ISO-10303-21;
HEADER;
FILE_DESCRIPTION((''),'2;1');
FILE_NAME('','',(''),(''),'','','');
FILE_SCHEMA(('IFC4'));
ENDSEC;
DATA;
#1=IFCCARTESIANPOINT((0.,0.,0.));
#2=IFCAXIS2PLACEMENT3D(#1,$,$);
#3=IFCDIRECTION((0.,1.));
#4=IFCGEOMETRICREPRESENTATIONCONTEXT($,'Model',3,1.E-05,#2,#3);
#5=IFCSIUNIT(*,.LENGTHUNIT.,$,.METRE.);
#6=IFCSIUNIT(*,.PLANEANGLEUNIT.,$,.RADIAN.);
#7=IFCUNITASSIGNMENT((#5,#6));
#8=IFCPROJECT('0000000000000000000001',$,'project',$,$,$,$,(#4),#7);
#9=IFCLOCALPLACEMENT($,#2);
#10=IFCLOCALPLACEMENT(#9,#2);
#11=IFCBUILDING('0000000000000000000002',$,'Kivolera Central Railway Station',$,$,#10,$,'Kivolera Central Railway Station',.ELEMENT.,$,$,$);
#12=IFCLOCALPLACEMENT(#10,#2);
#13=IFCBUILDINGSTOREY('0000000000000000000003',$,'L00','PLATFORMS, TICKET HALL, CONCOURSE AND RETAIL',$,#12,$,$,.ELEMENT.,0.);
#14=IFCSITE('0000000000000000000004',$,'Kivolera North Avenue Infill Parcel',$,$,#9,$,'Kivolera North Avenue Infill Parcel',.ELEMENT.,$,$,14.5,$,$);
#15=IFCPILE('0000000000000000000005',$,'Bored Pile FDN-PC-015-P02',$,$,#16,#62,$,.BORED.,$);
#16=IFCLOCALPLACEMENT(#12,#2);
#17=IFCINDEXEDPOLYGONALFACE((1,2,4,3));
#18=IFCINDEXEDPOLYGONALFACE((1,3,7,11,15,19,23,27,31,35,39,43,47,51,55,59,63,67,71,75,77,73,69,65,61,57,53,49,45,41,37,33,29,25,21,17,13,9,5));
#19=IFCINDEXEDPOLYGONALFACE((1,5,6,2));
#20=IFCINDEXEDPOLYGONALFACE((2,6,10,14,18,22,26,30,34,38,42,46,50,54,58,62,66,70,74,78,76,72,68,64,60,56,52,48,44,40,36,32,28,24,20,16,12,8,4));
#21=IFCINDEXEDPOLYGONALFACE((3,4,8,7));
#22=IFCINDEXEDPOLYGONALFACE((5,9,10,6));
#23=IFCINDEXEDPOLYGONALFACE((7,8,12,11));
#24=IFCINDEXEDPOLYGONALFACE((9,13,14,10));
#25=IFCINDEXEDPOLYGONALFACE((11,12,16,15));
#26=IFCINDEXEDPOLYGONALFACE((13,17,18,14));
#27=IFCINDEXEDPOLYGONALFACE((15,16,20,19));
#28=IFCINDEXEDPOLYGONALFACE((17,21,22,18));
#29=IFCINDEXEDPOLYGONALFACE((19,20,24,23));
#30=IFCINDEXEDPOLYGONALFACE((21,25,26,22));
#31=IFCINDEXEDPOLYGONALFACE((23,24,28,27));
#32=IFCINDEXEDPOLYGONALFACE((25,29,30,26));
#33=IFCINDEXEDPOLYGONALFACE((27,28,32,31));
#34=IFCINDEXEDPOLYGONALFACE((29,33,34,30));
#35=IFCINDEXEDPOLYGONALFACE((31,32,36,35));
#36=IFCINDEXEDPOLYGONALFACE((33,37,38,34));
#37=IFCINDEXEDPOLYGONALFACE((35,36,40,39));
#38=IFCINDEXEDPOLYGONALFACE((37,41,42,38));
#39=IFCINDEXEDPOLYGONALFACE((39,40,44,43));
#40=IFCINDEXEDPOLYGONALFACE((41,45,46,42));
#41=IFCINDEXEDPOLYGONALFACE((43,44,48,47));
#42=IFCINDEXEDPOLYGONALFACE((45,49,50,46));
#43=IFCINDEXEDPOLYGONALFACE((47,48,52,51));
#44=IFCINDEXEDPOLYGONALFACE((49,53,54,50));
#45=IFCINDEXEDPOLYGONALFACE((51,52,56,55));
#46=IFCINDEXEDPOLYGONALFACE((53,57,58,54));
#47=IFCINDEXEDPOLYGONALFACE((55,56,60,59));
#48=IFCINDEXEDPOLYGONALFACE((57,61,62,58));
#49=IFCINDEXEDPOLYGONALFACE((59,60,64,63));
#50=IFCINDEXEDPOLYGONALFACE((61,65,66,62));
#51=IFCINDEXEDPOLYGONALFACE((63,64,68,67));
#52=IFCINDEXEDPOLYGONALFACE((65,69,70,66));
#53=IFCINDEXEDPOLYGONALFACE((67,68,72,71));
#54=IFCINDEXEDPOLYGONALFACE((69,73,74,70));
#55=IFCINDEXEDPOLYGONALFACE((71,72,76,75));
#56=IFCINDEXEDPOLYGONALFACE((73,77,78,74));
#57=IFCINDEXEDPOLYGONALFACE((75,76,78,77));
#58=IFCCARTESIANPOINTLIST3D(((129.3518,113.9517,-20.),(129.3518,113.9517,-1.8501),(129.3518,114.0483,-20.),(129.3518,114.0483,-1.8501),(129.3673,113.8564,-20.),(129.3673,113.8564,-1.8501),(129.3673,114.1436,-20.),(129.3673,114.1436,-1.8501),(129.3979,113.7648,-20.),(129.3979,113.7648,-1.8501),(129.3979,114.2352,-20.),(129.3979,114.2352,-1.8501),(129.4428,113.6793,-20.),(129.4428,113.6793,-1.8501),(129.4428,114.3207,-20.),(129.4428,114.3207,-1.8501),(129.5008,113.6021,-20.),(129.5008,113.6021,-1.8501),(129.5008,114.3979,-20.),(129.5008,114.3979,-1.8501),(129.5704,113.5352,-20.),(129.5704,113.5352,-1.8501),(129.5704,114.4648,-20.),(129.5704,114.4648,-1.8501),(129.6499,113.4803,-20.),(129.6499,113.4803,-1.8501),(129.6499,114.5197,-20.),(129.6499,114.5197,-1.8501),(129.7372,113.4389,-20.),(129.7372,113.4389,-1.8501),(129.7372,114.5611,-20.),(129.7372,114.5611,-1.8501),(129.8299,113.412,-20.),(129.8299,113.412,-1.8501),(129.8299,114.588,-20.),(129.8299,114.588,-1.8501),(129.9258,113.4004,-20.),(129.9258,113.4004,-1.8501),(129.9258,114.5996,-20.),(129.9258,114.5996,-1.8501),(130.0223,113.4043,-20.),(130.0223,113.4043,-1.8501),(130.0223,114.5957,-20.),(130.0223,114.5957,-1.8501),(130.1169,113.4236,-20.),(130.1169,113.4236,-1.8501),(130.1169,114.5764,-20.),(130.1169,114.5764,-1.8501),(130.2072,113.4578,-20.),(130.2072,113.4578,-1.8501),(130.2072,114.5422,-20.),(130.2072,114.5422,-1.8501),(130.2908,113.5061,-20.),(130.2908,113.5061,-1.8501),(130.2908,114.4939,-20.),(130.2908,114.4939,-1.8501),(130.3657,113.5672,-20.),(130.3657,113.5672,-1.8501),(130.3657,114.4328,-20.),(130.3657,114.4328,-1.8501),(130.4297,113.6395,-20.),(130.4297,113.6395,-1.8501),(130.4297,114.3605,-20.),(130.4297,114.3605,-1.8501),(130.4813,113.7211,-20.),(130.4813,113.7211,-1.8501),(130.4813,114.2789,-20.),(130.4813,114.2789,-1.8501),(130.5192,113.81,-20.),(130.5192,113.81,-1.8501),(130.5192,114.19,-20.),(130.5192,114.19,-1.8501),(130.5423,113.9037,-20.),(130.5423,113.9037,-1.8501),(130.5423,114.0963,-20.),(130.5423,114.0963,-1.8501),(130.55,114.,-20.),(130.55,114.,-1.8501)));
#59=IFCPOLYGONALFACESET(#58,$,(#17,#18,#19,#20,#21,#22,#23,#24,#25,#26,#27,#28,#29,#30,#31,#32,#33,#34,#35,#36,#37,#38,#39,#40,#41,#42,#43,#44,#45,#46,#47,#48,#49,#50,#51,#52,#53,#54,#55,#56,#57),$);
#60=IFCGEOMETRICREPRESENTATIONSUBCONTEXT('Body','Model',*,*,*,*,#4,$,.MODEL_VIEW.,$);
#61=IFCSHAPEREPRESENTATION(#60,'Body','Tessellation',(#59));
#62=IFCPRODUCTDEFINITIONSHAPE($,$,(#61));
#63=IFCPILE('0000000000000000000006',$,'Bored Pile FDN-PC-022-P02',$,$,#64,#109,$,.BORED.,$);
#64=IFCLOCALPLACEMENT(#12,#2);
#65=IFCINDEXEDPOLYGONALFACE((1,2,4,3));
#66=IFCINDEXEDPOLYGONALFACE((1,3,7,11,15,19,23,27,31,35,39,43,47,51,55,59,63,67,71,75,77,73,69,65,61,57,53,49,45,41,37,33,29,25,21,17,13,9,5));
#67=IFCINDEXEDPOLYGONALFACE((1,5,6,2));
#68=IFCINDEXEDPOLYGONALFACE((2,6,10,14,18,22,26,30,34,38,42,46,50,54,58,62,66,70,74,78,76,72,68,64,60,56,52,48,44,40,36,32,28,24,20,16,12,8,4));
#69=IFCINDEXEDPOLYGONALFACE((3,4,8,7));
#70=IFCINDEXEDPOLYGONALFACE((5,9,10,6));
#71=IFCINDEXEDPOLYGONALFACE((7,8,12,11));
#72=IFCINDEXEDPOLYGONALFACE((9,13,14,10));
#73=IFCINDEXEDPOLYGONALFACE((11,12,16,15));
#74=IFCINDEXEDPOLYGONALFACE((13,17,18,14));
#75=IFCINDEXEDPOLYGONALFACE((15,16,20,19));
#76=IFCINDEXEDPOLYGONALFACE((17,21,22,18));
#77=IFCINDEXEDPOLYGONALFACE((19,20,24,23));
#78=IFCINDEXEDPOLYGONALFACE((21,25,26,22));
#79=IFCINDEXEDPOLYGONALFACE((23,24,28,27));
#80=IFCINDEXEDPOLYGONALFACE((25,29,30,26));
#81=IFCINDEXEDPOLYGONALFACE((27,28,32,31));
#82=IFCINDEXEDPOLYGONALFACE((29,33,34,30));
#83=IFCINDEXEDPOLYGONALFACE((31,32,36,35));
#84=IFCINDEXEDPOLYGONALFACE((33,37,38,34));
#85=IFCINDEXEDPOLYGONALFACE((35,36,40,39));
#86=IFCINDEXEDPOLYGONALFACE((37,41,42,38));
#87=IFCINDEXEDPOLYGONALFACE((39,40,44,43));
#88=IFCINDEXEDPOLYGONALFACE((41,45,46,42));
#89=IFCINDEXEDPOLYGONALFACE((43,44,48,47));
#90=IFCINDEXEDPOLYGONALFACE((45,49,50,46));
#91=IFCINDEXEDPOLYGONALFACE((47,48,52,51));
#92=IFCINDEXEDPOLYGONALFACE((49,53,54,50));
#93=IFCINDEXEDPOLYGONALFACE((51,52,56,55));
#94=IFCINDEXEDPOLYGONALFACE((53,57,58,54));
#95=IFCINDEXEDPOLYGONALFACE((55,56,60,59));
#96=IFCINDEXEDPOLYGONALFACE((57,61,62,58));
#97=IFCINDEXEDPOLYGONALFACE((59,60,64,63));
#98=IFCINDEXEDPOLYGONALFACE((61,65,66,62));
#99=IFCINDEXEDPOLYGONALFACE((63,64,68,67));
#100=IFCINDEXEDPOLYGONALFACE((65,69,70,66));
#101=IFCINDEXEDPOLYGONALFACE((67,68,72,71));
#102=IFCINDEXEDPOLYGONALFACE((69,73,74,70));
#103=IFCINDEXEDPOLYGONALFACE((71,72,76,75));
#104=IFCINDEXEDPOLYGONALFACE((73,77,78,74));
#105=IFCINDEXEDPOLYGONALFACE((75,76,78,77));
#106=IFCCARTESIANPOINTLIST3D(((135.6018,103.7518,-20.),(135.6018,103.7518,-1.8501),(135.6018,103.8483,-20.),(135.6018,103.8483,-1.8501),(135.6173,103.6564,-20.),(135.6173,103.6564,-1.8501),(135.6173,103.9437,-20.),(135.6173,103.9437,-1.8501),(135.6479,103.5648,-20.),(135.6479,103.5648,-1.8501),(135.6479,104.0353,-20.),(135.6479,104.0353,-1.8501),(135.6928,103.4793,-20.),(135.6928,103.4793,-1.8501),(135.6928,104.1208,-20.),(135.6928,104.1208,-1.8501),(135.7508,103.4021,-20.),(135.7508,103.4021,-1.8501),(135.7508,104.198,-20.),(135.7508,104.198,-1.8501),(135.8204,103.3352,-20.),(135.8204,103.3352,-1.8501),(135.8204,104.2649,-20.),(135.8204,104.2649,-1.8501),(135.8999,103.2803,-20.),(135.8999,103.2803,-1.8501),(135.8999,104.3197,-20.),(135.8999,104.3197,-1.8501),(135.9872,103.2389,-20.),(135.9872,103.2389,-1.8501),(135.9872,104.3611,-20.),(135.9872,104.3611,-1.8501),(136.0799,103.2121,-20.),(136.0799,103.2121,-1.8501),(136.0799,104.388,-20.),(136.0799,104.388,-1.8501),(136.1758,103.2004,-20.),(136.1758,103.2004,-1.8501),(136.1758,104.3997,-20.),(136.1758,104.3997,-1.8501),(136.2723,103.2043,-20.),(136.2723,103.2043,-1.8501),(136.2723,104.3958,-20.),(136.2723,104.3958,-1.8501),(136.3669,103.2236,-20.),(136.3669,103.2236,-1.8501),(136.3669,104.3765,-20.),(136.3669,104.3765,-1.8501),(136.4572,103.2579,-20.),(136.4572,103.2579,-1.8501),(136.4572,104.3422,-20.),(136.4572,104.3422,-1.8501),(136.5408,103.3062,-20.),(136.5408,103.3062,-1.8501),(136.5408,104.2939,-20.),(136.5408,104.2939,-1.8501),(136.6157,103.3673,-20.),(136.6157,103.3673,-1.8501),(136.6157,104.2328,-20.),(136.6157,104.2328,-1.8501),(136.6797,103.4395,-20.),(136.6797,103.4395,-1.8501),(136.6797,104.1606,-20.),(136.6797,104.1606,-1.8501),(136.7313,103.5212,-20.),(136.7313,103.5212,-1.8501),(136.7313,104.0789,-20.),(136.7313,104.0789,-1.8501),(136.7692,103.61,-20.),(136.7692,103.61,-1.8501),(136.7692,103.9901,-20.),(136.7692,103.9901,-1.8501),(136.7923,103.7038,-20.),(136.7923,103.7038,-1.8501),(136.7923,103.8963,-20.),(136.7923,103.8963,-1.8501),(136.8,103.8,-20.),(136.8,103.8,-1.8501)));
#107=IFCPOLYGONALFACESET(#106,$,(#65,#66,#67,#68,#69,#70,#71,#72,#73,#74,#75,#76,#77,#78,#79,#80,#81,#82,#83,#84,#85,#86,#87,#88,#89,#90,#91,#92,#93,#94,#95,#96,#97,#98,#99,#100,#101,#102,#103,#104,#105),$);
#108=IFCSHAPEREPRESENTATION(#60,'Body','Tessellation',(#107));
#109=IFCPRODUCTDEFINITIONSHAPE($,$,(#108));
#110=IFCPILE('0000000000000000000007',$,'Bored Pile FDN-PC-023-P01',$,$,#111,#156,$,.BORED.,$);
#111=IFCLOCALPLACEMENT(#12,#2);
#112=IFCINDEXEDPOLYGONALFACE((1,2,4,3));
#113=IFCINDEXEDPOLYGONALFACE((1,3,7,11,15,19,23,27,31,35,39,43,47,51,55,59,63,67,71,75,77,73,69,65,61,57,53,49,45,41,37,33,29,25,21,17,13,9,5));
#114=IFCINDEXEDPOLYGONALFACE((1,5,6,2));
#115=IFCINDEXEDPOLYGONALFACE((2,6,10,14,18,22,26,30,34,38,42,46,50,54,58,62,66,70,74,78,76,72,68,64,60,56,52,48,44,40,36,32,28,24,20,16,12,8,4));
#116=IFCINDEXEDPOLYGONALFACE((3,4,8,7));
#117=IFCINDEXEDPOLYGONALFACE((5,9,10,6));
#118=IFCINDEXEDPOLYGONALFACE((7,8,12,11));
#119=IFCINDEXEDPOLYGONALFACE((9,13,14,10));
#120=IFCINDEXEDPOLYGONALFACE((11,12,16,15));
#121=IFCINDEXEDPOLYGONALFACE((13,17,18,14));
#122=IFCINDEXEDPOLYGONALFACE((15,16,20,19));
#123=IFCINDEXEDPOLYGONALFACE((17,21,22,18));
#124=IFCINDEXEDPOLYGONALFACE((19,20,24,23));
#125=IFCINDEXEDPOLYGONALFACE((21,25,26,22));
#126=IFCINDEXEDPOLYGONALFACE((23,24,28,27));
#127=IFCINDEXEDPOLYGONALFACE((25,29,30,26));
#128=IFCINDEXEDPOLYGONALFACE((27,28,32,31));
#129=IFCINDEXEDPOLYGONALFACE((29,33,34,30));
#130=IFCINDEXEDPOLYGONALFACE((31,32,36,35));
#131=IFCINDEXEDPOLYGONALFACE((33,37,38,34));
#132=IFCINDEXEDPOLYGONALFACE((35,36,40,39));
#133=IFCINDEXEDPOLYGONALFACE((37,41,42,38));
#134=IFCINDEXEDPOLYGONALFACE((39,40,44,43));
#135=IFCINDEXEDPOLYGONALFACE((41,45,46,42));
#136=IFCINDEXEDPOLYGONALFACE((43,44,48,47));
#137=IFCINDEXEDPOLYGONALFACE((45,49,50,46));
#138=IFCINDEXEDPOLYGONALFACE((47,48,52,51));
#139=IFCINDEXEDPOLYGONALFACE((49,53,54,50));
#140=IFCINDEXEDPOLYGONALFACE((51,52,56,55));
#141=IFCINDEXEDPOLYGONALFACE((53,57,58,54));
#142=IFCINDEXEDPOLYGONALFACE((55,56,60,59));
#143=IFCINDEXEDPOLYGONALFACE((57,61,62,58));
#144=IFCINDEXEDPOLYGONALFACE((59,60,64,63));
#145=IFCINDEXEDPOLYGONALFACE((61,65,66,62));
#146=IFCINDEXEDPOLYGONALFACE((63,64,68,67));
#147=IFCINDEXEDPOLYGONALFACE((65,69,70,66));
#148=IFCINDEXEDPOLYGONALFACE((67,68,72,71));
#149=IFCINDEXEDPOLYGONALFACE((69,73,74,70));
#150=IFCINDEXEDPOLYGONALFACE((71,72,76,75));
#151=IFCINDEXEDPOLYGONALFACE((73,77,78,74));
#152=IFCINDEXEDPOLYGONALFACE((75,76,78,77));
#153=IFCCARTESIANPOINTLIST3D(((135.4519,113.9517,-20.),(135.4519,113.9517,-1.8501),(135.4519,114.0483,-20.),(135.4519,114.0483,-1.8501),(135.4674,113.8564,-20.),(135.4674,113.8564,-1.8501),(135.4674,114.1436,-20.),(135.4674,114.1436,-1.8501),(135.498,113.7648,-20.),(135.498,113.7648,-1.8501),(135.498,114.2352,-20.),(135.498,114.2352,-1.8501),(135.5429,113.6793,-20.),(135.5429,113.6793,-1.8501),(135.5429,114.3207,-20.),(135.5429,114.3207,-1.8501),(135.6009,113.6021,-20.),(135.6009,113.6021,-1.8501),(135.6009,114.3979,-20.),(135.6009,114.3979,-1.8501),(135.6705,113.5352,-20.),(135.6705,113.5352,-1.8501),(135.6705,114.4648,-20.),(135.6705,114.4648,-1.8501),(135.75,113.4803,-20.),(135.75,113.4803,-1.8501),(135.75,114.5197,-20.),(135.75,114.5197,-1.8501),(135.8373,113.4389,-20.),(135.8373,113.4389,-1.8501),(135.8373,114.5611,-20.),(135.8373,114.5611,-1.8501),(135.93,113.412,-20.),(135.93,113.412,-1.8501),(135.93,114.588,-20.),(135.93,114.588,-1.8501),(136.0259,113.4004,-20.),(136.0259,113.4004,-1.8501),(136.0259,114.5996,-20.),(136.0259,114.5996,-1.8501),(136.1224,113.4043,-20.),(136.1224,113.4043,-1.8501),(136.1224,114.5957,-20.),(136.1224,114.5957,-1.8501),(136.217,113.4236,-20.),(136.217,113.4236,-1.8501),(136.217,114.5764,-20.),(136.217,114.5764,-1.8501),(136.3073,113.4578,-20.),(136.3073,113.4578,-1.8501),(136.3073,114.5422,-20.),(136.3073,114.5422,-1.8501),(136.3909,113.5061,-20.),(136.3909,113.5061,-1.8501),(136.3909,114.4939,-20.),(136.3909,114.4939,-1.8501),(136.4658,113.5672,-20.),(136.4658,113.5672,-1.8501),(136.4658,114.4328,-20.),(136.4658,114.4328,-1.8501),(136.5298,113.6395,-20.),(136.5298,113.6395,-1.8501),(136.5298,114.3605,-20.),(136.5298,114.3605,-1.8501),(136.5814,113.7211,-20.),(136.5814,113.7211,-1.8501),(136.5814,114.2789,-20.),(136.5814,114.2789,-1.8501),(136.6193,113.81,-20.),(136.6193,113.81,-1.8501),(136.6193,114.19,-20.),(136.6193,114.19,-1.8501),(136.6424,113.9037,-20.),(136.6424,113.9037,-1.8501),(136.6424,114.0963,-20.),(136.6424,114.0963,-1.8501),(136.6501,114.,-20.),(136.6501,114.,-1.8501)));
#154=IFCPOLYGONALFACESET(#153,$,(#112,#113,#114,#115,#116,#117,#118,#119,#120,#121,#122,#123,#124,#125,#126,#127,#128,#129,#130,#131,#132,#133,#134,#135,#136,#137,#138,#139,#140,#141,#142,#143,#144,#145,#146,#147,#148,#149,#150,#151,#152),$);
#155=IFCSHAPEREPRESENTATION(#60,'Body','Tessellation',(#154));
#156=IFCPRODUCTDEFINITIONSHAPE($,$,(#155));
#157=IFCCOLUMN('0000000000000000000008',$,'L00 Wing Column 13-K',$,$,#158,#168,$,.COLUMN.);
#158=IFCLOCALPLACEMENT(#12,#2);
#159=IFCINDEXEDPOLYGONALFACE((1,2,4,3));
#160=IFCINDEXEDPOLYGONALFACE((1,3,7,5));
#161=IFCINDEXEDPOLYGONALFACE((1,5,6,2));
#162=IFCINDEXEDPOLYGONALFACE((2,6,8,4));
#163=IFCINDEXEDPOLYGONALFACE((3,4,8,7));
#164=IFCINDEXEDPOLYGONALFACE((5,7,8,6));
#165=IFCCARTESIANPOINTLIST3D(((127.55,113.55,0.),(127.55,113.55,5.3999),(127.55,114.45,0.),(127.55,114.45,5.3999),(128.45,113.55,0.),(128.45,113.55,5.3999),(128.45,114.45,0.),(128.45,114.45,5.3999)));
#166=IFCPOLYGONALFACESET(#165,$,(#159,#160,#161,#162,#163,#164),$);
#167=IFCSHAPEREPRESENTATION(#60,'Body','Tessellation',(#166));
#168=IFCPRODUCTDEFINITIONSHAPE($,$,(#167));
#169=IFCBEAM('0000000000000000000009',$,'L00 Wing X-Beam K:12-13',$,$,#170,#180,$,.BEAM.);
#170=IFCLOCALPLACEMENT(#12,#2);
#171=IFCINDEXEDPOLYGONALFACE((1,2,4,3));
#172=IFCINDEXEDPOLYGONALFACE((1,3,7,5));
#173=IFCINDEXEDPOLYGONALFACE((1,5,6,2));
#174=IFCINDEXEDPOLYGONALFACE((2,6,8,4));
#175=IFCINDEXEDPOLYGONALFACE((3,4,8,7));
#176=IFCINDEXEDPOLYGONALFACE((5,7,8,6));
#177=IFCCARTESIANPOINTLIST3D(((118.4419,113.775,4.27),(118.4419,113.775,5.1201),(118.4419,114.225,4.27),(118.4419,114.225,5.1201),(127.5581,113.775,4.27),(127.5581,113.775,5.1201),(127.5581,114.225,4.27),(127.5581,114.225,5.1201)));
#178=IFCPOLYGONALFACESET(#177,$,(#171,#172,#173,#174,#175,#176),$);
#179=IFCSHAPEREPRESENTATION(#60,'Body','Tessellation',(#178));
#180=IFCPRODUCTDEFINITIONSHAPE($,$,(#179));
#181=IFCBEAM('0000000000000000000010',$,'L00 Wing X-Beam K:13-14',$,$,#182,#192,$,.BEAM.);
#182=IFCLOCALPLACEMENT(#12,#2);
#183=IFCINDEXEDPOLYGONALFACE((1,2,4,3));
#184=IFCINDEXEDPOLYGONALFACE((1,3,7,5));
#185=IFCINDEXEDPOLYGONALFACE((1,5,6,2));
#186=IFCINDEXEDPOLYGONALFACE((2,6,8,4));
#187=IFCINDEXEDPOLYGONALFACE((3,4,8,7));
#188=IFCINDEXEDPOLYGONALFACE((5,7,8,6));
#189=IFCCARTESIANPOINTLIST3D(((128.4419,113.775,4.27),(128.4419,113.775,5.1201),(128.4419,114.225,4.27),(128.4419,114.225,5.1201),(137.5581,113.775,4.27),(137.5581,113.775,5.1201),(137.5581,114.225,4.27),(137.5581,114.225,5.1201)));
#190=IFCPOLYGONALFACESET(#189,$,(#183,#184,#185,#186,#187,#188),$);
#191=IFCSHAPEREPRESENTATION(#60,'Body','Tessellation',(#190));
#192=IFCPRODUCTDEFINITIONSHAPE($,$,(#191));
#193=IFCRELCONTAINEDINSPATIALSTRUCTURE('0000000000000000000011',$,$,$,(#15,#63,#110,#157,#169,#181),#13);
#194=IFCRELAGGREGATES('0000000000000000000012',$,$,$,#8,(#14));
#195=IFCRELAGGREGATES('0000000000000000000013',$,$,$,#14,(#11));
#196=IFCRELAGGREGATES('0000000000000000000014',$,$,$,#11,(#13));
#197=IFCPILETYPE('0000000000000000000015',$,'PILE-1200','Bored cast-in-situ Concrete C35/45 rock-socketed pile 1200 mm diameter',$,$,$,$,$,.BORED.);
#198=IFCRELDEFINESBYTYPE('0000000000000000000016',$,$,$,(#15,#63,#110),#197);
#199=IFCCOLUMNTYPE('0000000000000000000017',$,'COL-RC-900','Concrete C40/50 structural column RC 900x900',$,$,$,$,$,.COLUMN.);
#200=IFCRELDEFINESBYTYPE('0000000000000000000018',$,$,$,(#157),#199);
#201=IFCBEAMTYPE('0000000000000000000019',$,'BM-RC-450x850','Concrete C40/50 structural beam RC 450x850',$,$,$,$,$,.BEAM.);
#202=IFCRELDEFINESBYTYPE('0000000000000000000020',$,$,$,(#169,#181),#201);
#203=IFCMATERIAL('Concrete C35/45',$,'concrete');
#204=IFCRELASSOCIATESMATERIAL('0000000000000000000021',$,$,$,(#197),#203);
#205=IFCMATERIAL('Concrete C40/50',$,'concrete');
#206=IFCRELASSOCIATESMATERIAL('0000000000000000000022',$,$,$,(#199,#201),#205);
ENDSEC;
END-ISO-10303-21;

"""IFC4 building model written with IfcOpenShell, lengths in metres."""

from ifc_helpers import new_model, si_unit, direction, frame, origin, origin_2d, place, context, subcontext, project, spatial, rectangle, circle, extrude, material, material_profile, profile_set, type_object, element, save


model = new_model("IFC4")

# Units and contexts
model_context = context("Model", 3, precision=1e-05, world=origin(), true_north=direction((0.0, 1.0)))
body_context = subcontext(model_context, "Body", "Model", "MODEL_VIEW")
ifc_project = project(units=[si_unit("LENGTHUNIT", "METRE"), si_unit("PLANEANGLEUNIT", "RADIAN")], contexts=[model_context])

# Site, building, storey
site_placement = place(None, origin())
site = spatial("IfcSite", under=ifc_project, at=site_placement, Name="Kivolera North Avenue Infill Parcel", LongName="Kivolera North Avenue Infill Parcel", CompositionType="ELEMENT", RefElevation=14.5)
building_placement = place(site_placement, origin())
building = spatial("IfcBuilding", under=site, at=building_placement, Name="Kivolera Central Railway Station", LongName="Kivolera Central Railway Station", CompositionType="ELEMENT")
storey_placement = place(building_placement, origin())
storey = spatial("IfcBuildingStorey", under=building, at=storey_placement, Name="L00", Description="PLATFORMS, TICKET HALL, CONCOURSE AND RETAIL", CompositionType="ELEMENT", Elevation=0.0)

# Shared definitions
ifc_material_1 = material(Name="Concrete C35/45", Category="concrete")

# Piles
ifc_material_profile_1 = material_profile(ifc_material_1, circle(Radius=0.6001, at=origin_2d()), Name="PILE D1200")
ifc_profile_set_1 = profile_set([ifc_material_profile_1], Name="Concrete C35/45")
pile_type = type_object("IfcPileType", Name="PILE-1200", Description="Bored cast-in-situ Concrete C35/45 rock-socketed pile 1200 mm diameter", PredefinedType="BORED", material=ifc_profile_set_1)
for number, where, z_axis, x_axis, name in (
    (1, (129.95, 114.0, -1.8501), (0.0, 0.0, -1.0), (1.0, 0.0, 0.0), "Bored Pile FDN-PC-015-P02"),
    (2, (136.2, 103.8, -1.8501), (0.0, 0.0, -1.0), (1.0, 0.0, 0.0), "Bored Pile FDN-PC-022-P02"),
    (3, (136.05, 114.0, -1.8501), (0.0, 0.0, -1.0), (1.0, 0.0, 0.0), "Bored Pile FDN-PC-023-P01"),
):
    element("IfcPile", number, at=place(storey_placement, frame(where, z_axis=z_axis, x_axis=x_axis)), inside=storey, type_object=pile_type, Name=name, PredefinedType="BORED", context=body_context, shape_type="SweptSolid", body=[
        extrude(circle(Radius=0.6001, at=origin_2d()), origin(), (0.0, 0.0, 1.0), 18.1499),
    ])

# Column
ifc_material_2 = material(Name="Concrete C40/50", Category="concrete")
ifc_material_profile_2 = material_profile(ifc_material_2, rectangle(XDim=0.8999, YDim=0.8999, at=origin_2d()), Name="RC 900x900")
ifc_profile_set_2 = profile_set([ifc_material_profile_2], Name="Concrete C40/50")
column_type = type_object("IfcColumnType", Name="COL-RC-900", Description="Concrete C40/50 structural column RC 900x900", PredefinedType="COLUMN", material=ifc_profile_set_2)
column_placement = place(storey_placement, frame((128.0, 114.0, 0.0), z_axis=(0.0, 0.0, 1.0), x_axis=(1.0, 0.0, 0.0)))
element("IfcColumn", 4, at=column_placement, inside=storey, type_object=column_type, Name="L00 Wing Column 13-K", PredefinedType="COLUMN", context=body_context, shape_type="SweptSolid", body=[
    extrude(rectangle(XDim=0.8999, YDim=0.8999, at=origin_2d()), origin(), (0.0, 0.0, 1.0), 5.3999),
])

# Beams
ifc_material_profile_3 = material_profile(ifc_material_2, rectangle(XDim=0.45, YDim=0.8501, at=origin_2d()), Name="RC 450x850")
ifc_profile_set_3 = profile_set([ifc_material_profile_3], Name="Concrete C40/50")
beam_type = type_object("IfcBeamType", Name="BM-RC-450x850", Description="Concrete C40/50 structural beam RC 450x850", PredefinedType="BEAM", material=ifc_profile_set_3)
for number, where, z_axis, x_axis, name in (
    (5, (118.4419, 114.0, 4.6951), (1.0, 0.0, 0.0), (0.0, 1.0, 0.0), "L00 Wing X-Beam K:12-13"),
    (6, (128.4419, 114.0, 4.6951), (1.0, 0.0, 0.0), (0.0, 1.0, 0.0), "L00 Wing X-Beam K:13-14"),
):
    element("IfcBeam", number, at=place(storey_placement, frame(where, z_axis=z_axis, x_axis=x_axis)), inside=storey, type_object=beam_type, Name=name, PredefinedType="BEAM", context=body_context, shape_type="SweptSolid", body=[
        extrude(rectangle(XDim=0.45, YDim=0.8501, at=origin_2d()), origin(), (0.0, 0.0, 1.0), 9.1162),
    ])

save(model, "model.ifc")
